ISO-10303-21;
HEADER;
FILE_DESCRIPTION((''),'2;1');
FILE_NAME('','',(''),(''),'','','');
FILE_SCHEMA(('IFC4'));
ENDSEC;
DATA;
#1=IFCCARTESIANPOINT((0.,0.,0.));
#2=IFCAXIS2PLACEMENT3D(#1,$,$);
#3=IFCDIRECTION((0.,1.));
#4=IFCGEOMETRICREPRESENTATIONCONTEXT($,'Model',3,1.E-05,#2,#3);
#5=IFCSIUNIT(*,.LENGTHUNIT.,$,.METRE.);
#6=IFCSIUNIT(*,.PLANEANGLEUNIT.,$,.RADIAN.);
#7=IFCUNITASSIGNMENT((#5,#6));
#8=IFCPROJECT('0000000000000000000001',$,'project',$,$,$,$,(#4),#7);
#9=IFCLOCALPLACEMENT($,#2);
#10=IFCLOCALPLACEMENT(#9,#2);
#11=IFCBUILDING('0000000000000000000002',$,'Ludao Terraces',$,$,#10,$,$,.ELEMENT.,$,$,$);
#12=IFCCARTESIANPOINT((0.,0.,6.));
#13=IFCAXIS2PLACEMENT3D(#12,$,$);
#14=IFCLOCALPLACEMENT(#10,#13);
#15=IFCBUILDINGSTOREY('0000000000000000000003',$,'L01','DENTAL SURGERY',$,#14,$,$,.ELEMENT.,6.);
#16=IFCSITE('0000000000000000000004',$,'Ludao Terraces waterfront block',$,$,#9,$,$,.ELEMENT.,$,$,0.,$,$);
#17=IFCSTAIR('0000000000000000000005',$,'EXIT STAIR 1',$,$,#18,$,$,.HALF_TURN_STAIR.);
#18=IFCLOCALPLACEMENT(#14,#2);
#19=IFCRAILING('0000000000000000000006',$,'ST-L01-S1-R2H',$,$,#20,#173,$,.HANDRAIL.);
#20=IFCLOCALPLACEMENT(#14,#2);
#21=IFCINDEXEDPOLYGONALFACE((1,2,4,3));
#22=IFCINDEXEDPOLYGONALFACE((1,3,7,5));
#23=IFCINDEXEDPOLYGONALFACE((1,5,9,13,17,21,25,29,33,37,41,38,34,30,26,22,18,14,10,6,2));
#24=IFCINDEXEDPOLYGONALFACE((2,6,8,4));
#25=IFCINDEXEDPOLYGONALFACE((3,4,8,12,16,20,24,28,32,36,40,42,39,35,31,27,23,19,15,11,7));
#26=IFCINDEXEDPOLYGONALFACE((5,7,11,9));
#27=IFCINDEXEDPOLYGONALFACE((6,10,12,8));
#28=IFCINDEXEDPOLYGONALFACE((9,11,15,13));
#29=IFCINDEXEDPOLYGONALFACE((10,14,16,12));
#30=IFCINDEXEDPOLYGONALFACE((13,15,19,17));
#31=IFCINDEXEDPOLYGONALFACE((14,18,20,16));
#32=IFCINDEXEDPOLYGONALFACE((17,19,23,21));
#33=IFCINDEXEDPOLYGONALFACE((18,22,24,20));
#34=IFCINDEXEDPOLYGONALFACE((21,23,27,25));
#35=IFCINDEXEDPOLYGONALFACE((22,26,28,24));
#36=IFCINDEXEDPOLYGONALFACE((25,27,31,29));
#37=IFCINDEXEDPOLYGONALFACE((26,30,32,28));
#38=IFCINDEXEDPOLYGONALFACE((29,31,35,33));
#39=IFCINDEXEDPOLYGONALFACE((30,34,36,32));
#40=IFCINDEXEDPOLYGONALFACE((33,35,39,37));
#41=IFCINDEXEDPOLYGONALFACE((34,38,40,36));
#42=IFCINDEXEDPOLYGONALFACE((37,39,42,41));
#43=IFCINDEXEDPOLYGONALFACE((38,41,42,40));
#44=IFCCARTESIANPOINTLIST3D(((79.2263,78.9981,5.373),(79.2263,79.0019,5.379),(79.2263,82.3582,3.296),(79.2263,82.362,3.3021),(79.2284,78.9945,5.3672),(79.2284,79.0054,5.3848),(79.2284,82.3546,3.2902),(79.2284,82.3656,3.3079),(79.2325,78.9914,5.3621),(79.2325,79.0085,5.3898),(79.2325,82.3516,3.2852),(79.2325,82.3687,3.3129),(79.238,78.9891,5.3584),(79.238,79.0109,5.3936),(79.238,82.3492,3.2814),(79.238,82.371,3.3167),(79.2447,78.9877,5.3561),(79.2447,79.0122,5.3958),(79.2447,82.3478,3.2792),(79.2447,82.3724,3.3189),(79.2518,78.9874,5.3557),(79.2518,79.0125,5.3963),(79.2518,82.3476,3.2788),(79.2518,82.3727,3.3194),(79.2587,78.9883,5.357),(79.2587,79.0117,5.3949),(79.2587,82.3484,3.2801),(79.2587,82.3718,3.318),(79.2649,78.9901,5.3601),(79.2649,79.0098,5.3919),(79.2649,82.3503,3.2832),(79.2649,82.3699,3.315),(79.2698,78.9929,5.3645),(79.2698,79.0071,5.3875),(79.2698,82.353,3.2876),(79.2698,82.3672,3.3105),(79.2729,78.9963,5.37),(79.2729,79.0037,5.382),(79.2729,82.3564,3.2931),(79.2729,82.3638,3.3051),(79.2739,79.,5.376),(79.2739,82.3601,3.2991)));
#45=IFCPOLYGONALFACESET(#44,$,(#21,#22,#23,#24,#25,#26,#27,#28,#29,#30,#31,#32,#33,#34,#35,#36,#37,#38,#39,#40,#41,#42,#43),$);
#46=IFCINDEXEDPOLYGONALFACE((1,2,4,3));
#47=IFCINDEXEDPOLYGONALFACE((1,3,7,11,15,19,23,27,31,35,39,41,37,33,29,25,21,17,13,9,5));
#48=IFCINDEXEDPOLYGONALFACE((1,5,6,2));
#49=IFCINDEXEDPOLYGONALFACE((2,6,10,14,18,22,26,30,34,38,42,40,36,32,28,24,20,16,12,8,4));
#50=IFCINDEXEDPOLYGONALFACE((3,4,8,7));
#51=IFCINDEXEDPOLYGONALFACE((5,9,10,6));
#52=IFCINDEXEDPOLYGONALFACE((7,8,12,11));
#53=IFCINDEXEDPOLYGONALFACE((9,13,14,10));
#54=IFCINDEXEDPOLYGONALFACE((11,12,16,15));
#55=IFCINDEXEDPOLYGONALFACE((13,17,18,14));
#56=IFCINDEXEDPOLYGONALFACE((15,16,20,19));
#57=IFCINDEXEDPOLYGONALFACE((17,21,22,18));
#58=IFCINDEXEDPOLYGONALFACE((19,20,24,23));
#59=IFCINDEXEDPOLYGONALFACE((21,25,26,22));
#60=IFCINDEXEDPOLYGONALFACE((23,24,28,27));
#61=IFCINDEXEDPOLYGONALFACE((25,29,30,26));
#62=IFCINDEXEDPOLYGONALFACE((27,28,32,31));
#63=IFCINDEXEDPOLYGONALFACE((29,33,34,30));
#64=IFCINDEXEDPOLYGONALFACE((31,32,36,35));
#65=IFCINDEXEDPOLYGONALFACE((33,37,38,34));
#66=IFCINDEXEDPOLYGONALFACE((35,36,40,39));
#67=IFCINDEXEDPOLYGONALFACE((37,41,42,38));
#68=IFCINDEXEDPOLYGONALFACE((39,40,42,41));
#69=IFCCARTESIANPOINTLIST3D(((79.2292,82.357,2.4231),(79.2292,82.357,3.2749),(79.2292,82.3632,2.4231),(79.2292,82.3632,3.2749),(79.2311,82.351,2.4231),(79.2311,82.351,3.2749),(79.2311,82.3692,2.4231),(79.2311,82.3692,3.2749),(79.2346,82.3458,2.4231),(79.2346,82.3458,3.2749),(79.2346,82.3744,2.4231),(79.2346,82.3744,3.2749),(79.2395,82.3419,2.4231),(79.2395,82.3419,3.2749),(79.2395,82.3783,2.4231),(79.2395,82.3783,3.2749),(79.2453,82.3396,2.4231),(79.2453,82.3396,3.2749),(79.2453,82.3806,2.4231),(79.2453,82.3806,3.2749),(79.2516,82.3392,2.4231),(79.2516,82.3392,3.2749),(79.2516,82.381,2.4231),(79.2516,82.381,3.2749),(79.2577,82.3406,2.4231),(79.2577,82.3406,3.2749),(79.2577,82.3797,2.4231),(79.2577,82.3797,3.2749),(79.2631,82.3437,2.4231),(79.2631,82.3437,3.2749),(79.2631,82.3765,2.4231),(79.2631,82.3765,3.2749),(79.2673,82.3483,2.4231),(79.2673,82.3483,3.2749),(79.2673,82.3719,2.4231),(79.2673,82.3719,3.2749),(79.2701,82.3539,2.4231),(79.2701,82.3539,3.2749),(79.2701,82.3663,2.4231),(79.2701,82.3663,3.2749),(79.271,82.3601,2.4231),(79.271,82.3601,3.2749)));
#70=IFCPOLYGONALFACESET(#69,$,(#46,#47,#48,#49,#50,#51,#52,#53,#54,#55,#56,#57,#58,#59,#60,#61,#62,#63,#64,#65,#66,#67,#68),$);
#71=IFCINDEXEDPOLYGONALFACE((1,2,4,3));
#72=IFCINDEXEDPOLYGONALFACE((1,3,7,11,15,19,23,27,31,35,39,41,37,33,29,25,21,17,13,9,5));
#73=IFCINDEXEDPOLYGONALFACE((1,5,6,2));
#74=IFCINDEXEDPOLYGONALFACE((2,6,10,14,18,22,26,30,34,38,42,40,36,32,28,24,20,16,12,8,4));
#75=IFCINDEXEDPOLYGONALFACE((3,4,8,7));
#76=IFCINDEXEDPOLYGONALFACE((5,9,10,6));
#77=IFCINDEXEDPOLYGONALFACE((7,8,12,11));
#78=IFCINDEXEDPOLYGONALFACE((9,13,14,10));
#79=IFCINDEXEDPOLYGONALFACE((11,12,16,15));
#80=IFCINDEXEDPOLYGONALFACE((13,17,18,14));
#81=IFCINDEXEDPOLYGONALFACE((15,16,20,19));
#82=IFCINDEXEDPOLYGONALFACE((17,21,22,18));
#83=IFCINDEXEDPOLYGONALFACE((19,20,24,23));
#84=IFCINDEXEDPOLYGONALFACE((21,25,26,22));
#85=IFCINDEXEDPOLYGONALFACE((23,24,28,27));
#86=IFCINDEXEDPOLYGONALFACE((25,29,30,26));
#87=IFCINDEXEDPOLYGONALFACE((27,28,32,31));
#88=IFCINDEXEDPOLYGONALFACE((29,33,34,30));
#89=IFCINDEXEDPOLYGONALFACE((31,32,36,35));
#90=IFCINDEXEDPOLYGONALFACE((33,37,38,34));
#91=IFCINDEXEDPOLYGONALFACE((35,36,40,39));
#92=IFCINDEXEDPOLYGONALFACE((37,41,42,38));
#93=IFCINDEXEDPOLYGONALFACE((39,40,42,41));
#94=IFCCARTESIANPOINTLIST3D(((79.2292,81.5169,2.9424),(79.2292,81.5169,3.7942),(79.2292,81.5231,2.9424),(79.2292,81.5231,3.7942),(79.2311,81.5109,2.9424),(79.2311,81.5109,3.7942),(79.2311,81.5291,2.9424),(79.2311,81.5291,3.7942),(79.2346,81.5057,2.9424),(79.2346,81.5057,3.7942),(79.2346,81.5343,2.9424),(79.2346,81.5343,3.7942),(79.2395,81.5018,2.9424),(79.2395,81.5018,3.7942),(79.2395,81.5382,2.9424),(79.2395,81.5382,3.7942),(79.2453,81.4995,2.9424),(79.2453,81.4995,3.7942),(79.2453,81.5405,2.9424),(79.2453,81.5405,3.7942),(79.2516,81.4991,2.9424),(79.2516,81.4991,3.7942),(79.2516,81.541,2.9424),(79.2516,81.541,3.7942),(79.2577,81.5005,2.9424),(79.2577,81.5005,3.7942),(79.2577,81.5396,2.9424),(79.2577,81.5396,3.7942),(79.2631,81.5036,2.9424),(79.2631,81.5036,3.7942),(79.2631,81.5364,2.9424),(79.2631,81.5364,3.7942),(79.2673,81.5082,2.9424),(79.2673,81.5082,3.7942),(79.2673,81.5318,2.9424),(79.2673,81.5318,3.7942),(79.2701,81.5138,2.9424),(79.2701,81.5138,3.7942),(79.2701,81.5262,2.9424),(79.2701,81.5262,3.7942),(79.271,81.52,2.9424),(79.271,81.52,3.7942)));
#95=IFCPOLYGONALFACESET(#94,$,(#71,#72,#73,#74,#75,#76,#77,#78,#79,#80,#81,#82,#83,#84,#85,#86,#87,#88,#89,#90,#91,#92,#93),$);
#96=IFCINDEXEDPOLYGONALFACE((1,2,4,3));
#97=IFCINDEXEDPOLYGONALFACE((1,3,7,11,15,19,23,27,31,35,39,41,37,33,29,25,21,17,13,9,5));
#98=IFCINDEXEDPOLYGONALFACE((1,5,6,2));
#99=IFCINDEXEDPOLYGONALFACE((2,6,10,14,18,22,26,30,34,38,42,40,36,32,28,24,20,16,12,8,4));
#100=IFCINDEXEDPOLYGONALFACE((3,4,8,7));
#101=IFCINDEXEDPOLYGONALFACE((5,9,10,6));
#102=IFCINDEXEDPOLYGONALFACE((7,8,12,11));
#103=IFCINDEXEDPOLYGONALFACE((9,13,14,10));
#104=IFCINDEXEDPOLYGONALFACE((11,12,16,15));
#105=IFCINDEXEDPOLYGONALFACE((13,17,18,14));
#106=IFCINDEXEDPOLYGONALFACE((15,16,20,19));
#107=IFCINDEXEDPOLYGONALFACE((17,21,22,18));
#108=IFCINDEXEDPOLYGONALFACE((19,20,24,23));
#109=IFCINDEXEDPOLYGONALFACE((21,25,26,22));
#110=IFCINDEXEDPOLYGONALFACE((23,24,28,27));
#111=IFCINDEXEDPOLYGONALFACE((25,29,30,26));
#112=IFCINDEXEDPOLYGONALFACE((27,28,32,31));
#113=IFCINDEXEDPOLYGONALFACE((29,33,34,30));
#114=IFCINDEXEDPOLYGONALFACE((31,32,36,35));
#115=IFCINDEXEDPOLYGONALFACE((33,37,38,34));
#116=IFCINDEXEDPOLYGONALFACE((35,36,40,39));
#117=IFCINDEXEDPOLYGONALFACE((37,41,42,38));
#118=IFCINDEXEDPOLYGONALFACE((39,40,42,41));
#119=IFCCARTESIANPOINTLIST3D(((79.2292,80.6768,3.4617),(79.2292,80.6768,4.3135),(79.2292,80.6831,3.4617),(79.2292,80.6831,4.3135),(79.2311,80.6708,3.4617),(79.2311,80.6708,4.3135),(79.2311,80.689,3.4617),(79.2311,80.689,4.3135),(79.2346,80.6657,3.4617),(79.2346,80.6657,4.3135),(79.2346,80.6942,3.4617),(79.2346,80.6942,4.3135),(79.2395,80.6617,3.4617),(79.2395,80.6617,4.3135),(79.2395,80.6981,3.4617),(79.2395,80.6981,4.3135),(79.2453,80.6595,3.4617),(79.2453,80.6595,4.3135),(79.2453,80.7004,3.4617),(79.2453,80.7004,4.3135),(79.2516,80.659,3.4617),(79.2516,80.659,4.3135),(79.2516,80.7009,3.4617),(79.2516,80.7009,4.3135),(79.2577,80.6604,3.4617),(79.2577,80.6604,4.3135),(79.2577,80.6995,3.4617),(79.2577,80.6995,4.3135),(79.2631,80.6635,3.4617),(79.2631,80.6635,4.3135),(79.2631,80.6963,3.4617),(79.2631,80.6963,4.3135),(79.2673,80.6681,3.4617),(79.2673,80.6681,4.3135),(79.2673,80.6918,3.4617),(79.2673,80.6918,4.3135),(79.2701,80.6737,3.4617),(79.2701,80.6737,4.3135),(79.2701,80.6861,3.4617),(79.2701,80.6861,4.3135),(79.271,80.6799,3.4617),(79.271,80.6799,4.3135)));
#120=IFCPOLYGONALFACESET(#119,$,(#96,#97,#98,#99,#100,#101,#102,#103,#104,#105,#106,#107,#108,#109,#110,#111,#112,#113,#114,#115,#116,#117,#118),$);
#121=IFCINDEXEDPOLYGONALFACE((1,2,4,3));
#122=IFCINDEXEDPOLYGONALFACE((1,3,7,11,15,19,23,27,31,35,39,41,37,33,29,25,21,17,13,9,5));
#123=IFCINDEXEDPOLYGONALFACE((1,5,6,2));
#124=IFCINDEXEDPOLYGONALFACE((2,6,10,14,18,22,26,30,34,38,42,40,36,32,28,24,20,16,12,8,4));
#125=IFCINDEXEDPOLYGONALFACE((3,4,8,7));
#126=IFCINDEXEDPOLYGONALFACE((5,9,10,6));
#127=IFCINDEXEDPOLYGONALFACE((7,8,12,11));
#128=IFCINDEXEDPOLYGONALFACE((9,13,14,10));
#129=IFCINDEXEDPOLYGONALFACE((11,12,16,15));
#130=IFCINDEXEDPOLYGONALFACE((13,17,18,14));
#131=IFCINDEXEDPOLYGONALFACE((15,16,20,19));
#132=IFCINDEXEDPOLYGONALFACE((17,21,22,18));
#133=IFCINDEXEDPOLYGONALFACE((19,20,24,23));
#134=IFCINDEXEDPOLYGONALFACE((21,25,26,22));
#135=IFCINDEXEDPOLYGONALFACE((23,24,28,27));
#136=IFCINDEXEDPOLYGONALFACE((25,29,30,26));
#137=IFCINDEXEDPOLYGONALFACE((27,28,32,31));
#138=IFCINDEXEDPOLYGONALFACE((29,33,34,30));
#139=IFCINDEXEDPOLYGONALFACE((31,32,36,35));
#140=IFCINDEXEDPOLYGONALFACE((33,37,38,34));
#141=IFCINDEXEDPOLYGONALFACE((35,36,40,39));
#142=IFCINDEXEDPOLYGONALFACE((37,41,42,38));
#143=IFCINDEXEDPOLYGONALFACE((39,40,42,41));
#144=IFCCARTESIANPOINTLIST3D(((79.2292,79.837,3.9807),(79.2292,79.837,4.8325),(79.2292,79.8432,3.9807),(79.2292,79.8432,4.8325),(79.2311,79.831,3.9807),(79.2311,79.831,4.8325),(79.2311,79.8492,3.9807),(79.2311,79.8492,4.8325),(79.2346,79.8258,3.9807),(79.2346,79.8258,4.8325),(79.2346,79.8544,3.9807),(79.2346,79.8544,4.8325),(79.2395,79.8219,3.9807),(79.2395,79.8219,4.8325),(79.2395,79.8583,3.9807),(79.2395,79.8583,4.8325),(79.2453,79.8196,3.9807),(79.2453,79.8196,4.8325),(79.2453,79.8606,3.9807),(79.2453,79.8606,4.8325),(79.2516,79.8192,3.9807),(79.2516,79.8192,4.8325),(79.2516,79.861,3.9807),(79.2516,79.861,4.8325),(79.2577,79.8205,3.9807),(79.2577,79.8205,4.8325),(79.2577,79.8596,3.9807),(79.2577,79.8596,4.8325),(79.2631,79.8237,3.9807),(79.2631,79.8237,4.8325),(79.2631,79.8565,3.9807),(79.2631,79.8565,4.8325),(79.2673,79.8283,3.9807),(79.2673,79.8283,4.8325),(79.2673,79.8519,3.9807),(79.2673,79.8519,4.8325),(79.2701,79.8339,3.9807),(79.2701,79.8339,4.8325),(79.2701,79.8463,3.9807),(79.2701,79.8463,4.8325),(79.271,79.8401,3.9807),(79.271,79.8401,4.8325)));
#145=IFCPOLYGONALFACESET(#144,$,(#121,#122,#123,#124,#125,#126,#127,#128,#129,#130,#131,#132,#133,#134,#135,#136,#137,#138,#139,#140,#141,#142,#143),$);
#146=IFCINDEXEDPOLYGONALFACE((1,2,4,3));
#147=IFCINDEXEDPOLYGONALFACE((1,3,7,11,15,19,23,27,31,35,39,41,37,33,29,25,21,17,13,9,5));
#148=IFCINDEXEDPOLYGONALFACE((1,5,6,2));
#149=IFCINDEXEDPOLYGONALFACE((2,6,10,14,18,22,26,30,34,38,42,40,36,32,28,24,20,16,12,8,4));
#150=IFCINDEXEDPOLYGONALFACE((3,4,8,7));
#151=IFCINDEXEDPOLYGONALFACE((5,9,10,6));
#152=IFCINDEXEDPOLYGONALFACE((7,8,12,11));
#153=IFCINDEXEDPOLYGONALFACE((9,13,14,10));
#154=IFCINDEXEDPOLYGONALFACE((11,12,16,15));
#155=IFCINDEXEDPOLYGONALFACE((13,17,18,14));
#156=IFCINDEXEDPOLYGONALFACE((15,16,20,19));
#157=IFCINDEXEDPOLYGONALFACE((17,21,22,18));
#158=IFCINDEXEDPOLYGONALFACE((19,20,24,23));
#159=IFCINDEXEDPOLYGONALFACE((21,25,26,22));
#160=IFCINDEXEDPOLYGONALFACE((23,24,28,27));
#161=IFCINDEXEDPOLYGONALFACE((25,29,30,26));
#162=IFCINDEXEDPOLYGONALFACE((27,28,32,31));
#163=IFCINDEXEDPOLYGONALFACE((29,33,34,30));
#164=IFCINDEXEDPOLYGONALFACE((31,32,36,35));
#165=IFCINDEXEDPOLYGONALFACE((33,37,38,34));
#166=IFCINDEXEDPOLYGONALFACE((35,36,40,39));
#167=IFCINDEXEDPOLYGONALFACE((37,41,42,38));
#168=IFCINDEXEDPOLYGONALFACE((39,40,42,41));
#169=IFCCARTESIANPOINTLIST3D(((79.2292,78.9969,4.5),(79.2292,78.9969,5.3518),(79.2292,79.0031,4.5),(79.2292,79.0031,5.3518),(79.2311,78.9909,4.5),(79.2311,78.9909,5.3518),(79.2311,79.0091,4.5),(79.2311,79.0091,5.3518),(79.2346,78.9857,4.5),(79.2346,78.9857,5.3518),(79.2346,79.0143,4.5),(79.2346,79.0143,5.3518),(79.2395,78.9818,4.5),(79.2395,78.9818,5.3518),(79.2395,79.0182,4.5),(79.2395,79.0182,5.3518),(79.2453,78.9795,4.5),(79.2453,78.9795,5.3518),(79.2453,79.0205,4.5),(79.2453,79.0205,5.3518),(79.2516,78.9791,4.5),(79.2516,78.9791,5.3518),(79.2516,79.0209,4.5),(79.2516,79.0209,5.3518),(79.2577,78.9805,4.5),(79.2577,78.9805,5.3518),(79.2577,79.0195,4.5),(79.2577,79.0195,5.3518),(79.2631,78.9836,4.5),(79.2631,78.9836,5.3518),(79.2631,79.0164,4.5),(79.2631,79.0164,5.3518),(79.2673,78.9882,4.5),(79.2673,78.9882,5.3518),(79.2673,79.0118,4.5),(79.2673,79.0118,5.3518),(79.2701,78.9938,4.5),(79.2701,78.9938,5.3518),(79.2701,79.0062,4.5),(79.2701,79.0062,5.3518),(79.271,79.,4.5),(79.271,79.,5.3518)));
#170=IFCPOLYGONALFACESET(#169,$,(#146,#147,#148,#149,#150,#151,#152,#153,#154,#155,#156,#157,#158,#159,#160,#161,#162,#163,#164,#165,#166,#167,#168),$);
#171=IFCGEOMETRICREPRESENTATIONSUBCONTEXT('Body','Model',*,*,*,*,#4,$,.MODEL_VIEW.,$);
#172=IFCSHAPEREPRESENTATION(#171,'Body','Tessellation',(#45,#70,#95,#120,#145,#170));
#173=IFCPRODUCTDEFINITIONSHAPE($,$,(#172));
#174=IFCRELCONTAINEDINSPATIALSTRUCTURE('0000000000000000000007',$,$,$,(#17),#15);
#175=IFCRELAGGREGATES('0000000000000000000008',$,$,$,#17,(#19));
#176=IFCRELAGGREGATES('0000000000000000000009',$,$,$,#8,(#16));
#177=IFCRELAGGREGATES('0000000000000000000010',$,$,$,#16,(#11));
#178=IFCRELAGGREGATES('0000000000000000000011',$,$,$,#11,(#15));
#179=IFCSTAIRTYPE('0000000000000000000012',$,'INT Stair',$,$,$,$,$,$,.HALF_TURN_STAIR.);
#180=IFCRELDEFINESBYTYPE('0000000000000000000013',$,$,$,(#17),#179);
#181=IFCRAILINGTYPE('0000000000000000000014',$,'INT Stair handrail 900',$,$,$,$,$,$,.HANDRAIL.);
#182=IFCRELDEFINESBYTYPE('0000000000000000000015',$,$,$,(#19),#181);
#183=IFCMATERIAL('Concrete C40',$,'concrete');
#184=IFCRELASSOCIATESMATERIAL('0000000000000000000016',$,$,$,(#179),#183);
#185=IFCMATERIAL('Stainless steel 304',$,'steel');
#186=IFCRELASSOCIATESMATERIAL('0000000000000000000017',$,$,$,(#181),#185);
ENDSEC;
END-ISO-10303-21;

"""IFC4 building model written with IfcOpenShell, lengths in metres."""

from ifc_helpers import new_model, si_unit, direction, frame, origin, origin_2d, place, context, subcontext, project, spatial, circle, extrude, material, type_object, element, aggregate, save


model = new_model("IFC4")

# Units and contexts
model_context = context("Model", 3, precision=1e-05, world=origin(), true_north=direction((0.0, 1.0)))
body_context = subcontext(model_context, "Body", "Model", "MODEL_VIEW")
ifc_project = project(units=[si_unit("LENGTHUNIT", "METRE"), si_unit("PLANEANGLEUNIT", "RADIAN")], contexts=[model_context])

# Site, building, storey
site_placement = place(None, origin())
site = spatial("IfcSite", under=ifc_project, at=site_placement, Name="Ludao Terraces waterfront block", CompositionType="ELEMENT", RefElevation=0.0)
building_placement = place(site_placement, origin())
building = spatial("IfcBuilding", under=site, at=building_placement, Name="Ludao Terraces", CompositionType="ELEMENT")
storey_placement = place(building_placement, frame((0.0, 0.0, 6.0)))
storey = spatial("IfcBuildingStorey", under=building, at=storey_placement, Name="L01", Description="DENTAL SURGERY", CompositionType="ELEMENT", Elevation=6.0)

# Shared definitions
ifc_material_1 = material(Name="Concrete C40", Category="concrete")

# Stair, railing
stair_type = type_object("IfcStairType", Name="INT Stair", PredefinedType="HALF_TURN_STAIR", material=ifc_material_1)
stair_placement = place(storey_placement, origin())
stair = element("IfcStair", 1, at=stair_placement, inside=storey, type_object=stair_type, Name="EXIT STAIR 1", PredefinedType="HALF_TURN_STAIR")
ifc_material_2 = material(Name="Stainless steel 304", Category="steel")
railing_type_1 = type_object("IfcRailingType", Name="INT Stair handrail 900", PredefinedType="HANDRAIL", material=ifc_material_2)
railing_1_placement = place(storey_placement, frame((79.25, 82.3601, 2.4231)))
railing_1 = element("IfcRailing", 2, at=railing_1_placement, type_object=railing_type_1, Name="ST-L01-S1-R2H", PredefinedType="HANDRAIL", context=body_context, shape_type="SweptSolid", body=[
    extrude(circle(Radius=0.0239, at=origin_2d()), frame((0.0, 0.0, 0.876), z_axis=(0.0, -0.850623, 0.525776), x_axis=(1.0, 0.0, 0.0)), (0.0, 0.0, 1.0), 3.9502),
    extrude(circle(Radius=0.021, at=origin_2d()), origin(), (0.0, 0.0, 1.0), 0.8518),
    extrude(circle(Radius=0.021, at=origin_2d()), frame((0.0, -0.8401, 0.5193)), (0.0, 0.0, 1.0), 0.8518),
    extrude(circle(Radius=0.021, at=origin_2d()), frame((0.0, -1.6802, 1.0386)), (0.0, 0.0, 1.0), 0.8518),
    extrude(circle(Radius=0.021, at=origin_2d()), frame((0.0, -2.52, 1.5576)), (0.0, 0.0, 1.0), 0.8518),
    extrude(circle(Radius=0.021, at=origin_2d()), frame((0.0, -3.3601, 2.0769)), (0.0, 0.0, 1.0), 0.8518),
])
aggregate(stair, [railing_1])

save(model, "model.ifc")
